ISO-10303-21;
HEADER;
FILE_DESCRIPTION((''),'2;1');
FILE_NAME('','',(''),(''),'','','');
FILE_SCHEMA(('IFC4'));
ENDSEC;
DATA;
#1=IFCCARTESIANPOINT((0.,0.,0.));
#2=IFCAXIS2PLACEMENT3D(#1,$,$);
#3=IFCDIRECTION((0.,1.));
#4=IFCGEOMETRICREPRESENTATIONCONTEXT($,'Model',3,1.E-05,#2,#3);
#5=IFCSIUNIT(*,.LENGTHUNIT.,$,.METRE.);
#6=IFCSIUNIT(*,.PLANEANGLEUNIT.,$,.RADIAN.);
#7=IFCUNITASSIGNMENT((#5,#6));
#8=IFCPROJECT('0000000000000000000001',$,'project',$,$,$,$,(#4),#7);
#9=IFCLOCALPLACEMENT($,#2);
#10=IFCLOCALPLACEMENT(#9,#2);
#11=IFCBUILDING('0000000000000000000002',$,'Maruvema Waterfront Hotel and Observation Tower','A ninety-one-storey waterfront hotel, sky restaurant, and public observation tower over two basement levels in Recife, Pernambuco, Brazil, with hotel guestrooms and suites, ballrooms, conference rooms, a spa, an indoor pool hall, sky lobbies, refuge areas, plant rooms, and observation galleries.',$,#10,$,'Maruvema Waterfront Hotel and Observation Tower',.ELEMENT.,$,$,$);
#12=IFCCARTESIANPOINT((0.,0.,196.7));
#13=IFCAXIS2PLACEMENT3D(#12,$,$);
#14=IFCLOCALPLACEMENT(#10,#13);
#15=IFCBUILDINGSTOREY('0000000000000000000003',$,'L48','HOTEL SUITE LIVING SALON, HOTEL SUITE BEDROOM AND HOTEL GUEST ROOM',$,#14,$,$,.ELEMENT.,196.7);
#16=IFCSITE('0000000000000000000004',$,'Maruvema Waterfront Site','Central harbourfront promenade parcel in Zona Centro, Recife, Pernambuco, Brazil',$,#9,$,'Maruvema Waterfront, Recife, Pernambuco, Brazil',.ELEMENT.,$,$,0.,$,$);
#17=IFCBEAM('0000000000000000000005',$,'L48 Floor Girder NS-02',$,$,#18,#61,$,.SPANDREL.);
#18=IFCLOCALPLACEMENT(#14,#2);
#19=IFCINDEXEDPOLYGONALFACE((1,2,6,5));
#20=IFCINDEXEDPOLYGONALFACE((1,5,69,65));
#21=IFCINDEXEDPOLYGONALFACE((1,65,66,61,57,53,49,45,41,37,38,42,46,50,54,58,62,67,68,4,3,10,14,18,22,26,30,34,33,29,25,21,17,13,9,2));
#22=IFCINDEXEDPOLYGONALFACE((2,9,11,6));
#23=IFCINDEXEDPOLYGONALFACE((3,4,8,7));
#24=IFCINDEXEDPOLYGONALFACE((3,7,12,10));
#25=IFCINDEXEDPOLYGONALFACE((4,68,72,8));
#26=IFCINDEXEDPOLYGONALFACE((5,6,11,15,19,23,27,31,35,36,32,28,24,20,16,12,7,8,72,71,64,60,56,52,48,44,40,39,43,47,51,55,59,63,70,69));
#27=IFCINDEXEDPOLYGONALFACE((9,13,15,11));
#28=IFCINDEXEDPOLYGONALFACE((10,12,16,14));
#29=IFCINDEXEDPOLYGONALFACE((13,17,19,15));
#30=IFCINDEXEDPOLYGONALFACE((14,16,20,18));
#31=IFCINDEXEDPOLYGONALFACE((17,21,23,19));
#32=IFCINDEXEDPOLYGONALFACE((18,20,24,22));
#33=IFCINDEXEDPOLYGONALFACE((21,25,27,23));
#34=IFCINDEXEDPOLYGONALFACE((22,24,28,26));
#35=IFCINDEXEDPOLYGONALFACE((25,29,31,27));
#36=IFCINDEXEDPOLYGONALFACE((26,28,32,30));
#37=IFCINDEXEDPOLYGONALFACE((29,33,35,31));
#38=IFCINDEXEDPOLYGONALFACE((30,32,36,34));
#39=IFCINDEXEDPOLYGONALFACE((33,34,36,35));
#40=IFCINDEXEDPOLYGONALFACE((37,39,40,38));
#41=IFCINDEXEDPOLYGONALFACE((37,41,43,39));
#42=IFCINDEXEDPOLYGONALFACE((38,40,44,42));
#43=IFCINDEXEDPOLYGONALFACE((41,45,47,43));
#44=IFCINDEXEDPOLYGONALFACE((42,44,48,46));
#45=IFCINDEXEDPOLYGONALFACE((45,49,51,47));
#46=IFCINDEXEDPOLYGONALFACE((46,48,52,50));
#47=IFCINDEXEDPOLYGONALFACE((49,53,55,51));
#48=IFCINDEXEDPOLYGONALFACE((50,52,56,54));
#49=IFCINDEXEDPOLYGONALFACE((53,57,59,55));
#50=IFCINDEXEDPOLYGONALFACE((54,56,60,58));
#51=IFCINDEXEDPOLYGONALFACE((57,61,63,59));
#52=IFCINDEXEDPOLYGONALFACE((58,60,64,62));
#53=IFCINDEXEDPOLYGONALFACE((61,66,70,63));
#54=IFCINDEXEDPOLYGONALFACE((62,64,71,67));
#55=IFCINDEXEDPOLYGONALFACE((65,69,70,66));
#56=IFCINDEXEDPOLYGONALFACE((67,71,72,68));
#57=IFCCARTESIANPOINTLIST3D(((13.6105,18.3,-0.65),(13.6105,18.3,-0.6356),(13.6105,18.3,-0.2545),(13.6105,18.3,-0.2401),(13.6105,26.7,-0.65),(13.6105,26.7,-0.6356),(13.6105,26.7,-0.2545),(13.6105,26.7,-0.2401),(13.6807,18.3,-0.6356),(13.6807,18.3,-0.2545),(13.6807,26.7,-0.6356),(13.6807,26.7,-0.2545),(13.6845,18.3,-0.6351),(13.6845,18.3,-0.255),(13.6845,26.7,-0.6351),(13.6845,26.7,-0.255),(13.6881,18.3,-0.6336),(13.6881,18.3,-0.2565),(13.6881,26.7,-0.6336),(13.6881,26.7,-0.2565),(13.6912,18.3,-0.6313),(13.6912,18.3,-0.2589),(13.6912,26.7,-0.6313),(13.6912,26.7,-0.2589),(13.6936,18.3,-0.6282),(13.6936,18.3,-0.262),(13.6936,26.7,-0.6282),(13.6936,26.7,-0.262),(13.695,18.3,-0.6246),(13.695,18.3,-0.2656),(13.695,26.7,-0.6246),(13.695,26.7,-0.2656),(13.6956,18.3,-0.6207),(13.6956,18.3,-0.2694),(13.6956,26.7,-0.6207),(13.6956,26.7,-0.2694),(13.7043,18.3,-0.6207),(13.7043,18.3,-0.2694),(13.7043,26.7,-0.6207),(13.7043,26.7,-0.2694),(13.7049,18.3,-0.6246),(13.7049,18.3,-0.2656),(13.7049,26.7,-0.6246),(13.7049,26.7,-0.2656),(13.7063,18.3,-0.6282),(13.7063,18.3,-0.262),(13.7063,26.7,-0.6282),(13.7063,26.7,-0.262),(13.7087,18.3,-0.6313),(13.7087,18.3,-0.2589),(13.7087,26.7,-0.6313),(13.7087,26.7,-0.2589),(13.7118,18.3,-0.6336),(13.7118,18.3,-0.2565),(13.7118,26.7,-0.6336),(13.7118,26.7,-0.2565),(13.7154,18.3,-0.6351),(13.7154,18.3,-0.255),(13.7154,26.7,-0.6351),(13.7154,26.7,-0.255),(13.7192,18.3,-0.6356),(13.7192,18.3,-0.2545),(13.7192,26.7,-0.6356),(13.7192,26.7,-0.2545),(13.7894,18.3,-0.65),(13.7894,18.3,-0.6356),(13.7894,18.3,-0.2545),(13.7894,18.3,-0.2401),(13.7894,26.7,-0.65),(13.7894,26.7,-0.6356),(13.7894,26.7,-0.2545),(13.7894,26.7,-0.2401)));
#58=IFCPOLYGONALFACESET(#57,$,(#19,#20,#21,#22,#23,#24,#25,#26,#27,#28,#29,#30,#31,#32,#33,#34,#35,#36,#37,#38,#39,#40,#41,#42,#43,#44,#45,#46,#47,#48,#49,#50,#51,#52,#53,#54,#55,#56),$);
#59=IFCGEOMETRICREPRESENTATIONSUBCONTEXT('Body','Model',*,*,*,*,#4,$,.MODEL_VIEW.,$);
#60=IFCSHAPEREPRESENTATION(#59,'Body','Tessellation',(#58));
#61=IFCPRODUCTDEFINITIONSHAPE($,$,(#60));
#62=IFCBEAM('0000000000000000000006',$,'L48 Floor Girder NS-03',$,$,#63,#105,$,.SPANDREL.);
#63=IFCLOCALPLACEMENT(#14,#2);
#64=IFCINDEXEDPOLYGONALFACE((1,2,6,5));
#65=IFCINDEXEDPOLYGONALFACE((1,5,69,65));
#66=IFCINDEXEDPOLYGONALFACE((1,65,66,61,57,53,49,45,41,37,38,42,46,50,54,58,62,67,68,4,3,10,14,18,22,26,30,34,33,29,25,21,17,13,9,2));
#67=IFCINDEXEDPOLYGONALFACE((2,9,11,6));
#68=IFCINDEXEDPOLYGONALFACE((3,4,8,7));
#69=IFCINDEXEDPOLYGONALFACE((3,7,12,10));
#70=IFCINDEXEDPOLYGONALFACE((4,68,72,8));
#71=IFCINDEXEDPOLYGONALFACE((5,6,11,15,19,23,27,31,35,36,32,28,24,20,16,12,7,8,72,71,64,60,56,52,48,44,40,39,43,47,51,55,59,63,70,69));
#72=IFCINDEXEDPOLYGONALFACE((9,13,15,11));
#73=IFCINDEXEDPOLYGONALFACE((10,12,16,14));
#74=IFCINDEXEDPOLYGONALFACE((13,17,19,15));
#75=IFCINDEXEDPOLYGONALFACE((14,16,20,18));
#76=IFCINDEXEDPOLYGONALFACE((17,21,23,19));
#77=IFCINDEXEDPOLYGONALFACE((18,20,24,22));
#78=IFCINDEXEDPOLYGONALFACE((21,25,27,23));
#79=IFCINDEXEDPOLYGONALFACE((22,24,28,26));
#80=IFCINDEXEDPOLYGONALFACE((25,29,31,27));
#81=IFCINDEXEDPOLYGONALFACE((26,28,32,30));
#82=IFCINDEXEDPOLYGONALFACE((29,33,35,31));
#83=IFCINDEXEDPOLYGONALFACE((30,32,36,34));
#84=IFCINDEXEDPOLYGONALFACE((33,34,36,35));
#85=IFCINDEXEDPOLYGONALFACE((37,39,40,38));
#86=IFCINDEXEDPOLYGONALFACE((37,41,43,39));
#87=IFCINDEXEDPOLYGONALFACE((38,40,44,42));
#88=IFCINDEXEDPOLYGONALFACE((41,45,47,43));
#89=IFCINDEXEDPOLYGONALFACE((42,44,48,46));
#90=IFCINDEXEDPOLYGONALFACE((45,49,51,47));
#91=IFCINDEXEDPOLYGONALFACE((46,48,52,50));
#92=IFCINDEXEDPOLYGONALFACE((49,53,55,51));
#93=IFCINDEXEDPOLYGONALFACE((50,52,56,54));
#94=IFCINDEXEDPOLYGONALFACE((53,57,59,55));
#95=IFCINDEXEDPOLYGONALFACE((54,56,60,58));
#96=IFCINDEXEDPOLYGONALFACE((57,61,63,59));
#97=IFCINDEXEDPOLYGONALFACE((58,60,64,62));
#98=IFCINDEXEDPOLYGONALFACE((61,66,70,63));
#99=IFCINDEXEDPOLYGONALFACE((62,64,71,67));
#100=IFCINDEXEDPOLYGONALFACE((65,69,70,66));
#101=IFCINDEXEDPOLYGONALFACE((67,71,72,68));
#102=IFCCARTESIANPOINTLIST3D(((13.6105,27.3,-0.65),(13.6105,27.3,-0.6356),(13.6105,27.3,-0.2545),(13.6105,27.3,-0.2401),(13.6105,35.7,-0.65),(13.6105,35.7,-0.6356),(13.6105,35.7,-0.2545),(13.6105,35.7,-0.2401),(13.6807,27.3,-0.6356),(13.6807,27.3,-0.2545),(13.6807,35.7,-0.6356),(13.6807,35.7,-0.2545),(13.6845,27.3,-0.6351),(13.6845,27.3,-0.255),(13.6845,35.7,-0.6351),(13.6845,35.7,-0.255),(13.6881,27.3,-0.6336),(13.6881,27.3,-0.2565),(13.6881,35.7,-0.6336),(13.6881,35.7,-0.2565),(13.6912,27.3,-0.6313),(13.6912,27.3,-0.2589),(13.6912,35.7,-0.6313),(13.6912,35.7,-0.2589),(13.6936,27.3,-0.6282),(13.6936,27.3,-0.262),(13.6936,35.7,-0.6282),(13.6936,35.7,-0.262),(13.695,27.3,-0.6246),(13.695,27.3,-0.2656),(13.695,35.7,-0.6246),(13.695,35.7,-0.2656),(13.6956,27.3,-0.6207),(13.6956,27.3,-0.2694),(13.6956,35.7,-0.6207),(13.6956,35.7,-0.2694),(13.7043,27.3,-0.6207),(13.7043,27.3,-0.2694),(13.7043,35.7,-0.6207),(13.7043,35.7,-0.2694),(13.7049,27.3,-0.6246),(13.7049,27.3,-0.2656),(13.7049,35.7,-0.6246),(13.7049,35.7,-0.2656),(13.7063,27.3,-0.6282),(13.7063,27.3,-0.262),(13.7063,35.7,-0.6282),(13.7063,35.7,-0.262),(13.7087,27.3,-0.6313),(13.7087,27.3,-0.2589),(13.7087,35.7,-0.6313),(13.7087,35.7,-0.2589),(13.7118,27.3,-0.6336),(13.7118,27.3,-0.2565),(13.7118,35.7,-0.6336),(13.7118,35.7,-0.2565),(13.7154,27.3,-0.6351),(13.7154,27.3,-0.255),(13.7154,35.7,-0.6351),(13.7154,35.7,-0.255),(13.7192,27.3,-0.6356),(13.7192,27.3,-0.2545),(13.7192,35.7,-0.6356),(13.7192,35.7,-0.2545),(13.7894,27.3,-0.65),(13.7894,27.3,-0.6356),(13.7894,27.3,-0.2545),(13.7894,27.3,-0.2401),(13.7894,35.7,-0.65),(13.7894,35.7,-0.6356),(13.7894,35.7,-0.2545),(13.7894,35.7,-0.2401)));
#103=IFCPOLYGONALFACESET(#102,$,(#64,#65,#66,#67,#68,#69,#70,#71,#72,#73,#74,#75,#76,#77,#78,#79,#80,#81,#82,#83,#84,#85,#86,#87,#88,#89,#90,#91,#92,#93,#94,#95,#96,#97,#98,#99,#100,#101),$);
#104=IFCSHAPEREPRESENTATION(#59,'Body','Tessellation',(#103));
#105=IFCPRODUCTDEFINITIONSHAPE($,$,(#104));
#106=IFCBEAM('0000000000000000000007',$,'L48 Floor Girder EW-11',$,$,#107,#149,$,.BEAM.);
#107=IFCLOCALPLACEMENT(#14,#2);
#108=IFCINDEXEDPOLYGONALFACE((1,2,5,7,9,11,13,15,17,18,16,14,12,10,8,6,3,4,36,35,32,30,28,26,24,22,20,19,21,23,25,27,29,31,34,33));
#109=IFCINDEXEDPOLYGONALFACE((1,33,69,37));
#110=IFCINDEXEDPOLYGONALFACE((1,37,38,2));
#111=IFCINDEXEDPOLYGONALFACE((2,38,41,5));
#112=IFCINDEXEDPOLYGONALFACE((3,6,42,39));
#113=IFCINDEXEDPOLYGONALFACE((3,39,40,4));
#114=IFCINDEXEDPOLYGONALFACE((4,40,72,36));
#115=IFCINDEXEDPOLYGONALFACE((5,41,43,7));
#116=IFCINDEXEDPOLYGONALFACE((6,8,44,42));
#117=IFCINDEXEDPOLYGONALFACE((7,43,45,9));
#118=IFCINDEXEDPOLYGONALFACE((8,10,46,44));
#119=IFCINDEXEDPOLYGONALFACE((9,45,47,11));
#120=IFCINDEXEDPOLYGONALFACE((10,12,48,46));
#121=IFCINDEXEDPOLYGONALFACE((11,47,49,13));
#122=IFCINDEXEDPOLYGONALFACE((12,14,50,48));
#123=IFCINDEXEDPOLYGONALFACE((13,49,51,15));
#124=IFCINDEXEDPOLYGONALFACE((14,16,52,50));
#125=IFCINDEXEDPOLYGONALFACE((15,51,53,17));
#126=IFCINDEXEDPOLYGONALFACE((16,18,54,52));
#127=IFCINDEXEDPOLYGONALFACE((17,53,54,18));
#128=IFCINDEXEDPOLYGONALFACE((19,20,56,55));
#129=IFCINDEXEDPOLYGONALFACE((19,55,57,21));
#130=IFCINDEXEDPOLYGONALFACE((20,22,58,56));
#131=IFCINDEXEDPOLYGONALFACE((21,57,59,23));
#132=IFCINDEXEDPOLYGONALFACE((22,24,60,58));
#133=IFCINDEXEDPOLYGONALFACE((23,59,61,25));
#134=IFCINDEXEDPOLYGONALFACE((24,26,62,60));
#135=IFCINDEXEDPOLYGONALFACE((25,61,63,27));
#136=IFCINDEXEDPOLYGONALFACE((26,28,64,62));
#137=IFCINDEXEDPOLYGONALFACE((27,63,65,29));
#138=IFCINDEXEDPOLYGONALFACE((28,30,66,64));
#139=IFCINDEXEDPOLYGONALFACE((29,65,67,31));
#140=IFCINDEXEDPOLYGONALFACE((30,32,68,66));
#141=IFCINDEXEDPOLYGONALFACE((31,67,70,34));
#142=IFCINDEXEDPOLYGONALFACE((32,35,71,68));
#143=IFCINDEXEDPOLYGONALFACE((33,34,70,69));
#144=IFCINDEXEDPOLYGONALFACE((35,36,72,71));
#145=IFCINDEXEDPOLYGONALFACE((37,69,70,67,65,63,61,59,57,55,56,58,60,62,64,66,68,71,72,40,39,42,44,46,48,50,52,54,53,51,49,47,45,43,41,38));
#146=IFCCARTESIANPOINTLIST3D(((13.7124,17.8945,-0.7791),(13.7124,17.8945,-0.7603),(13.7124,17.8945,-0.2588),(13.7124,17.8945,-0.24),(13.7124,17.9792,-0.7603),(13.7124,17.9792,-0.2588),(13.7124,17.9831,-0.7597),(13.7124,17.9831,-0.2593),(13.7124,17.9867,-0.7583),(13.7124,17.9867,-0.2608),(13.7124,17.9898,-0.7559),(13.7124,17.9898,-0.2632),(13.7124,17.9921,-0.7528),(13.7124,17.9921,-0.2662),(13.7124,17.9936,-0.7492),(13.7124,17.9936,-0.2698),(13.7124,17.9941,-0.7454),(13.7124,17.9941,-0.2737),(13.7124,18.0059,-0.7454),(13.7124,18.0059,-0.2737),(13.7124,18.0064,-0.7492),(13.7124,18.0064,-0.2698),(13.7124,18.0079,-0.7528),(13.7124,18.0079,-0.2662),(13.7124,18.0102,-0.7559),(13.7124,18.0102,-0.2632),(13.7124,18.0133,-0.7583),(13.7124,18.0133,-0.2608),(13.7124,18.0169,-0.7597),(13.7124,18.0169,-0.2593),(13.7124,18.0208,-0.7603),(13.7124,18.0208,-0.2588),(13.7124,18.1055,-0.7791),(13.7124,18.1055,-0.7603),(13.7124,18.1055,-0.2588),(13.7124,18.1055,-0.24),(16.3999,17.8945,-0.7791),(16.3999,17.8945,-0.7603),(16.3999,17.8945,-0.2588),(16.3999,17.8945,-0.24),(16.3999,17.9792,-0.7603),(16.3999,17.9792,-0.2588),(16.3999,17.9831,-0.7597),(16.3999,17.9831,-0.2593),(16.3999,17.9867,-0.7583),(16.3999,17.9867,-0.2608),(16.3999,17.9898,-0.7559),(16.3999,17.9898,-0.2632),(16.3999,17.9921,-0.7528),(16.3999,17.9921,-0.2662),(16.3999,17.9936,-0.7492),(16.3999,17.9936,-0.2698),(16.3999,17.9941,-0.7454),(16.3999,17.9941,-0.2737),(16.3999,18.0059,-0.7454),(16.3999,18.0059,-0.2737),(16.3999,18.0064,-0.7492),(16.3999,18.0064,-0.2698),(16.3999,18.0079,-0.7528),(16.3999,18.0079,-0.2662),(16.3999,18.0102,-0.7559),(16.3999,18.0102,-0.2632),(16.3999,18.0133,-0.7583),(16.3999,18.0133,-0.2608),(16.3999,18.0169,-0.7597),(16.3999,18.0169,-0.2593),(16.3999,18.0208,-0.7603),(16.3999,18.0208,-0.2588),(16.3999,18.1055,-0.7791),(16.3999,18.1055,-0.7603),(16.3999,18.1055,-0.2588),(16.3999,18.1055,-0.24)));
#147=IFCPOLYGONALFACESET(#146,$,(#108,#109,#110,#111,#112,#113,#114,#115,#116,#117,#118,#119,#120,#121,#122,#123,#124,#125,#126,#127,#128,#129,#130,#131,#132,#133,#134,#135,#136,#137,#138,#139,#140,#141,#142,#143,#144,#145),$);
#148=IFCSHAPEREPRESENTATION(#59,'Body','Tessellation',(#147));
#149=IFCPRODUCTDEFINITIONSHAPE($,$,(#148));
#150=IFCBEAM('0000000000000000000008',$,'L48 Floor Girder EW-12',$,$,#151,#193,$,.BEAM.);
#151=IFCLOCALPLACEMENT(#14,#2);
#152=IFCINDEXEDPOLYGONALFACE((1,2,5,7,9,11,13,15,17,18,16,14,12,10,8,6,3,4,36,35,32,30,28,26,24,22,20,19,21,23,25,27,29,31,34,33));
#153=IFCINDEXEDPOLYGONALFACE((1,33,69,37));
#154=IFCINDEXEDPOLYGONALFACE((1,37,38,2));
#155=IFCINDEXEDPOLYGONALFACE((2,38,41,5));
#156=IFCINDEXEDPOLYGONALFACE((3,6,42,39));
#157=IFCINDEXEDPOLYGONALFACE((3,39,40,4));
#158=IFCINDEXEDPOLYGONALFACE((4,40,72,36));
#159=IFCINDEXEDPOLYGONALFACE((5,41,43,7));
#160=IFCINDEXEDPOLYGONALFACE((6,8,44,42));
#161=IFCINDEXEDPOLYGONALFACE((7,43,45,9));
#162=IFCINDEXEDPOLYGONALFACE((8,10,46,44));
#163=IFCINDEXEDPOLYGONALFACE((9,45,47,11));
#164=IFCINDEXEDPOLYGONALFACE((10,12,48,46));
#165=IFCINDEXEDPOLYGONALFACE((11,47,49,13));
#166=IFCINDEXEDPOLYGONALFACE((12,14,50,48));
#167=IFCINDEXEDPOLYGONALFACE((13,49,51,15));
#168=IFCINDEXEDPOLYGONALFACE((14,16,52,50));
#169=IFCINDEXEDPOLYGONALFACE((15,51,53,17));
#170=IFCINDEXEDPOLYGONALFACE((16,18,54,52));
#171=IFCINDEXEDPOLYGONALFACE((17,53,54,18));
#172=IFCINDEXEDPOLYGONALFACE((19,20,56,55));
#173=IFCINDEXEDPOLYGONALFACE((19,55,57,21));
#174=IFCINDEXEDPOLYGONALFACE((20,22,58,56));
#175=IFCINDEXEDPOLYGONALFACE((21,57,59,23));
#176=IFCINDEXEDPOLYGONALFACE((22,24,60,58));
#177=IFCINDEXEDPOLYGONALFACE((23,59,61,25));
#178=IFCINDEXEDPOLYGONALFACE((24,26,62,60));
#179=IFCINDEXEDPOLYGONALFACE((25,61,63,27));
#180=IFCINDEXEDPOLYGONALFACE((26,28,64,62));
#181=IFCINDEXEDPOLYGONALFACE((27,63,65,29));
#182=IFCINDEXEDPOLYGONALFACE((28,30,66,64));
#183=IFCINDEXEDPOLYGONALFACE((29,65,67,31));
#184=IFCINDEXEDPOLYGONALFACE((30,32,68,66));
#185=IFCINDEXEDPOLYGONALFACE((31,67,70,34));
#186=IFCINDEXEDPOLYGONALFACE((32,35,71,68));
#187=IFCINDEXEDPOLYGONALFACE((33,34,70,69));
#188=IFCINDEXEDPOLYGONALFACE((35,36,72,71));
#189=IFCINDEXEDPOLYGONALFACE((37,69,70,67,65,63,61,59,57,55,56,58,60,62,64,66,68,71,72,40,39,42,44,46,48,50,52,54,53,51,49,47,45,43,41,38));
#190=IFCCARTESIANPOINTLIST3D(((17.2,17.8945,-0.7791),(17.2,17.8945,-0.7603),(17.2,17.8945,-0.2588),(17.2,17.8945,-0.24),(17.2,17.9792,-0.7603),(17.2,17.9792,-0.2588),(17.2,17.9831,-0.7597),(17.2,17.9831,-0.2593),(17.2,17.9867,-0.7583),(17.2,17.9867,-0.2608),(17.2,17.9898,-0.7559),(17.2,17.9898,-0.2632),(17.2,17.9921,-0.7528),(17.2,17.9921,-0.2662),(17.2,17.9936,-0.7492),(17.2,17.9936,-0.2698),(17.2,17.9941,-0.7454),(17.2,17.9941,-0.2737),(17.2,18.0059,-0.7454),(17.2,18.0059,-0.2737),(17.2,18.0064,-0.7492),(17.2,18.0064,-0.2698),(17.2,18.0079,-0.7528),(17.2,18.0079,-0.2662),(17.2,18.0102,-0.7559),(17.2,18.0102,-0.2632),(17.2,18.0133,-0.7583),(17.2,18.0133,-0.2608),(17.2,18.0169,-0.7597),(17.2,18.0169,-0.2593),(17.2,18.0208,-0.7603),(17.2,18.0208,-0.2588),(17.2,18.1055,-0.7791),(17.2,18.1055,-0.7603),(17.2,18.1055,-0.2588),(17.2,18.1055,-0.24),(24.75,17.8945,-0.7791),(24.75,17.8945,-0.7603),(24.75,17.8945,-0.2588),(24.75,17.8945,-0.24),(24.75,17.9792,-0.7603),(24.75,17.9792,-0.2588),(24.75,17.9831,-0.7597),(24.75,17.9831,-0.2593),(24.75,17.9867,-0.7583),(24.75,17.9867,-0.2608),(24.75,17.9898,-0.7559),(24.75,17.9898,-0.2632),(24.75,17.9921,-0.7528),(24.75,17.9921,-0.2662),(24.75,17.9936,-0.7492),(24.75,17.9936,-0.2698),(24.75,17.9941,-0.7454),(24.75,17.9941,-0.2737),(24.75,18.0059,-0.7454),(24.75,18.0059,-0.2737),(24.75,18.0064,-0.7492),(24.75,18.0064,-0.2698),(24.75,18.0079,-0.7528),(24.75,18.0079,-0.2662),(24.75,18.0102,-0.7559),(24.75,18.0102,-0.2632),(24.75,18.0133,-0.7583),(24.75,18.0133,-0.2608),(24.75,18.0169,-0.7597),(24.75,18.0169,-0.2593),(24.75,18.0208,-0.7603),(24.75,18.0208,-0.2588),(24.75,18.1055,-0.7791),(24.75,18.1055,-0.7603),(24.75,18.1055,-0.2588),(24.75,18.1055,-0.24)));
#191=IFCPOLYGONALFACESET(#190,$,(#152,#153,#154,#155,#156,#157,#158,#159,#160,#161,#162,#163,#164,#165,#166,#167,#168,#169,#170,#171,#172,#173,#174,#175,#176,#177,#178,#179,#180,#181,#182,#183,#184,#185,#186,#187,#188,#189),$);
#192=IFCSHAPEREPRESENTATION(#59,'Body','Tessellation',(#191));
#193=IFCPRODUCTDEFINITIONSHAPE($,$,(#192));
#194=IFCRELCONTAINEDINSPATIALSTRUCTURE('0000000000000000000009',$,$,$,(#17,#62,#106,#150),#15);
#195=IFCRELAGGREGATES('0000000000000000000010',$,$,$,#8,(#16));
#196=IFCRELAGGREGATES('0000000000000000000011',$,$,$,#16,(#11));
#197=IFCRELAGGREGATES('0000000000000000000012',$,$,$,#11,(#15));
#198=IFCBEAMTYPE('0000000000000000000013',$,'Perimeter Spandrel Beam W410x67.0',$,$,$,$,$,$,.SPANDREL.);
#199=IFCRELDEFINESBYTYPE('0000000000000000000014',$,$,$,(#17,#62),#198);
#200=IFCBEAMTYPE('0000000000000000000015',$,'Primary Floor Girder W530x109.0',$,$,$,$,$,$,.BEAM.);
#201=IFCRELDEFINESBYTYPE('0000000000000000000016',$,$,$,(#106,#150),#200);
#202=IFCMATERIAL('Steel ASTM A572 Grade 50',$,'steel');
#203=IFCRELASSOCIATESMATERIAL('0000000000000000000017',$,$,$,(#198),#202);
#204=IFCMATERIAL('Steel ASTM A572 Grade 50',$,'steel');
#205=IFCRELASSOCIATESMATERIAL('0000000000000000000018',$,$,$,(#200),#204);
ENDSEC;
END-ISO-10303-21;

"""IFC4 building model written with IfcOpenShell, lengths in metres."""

from ifc_helpers import new_model, si_unit, direction, frame, origin, origin_2d, place, context, subcontext, project, spatial, i_section, extrude, material, material_profile, profile_set, type_object, element, save


model = new_model("IFC4")

# Units and contexts
model_context = context("Model", 3, precision=1e-05, world=origin(), true_north=direction((0.0, 1.0)))
body_context = subcontext(model_context, "Body", "Model", "MODEL_VIEW")
ifc_project = project(units=[si_unit("LENGTHUNIT", "METRE"), si_unit("PLANEANGLEUNIT", "RADIAN")], contexts=[model_context])

# Site, building, storey
site_placement = place(None, origin())
site = spatial("IfcSite", under=ifc_project, at=site_placement, Name="Maruvema Waterfront Site", Description="Central harbourfront promenade parcel in Zona Centro, Recife, Pernambuco, Brazil", LongName="Maruvema Waterfront, Recife, Pernambuco, Brazil", CompositionType="ELEMENT", RefElevation=0.0)
building_placement = place(site_placement, origin())
building = spatial("IfcBuilding", under=site, at=building_placement, Name="Maruvema Waterfront Hotel and Observation Tower", Description="A ninety-one-storey waterfront hotel, sky restaurant, and public observation tower over two basement levels in Recife, Pernambuco, Brazil, with hotel guestrooms and suites, ballrooms, conference rooms, a spa, an indoor pool hall, sky lobbies, refuge areas, plant rooms, and observation galleries.", LongName="Maruvema Waterfront Hotel and Observation Tower", CompositionType="ELEMENT")
storey_placement = place(building_placement, frame((0.0, 0.0, 196.7)))
storey = spatial("IfcBuildingStorey", under=building, at=storey_placement, Name="L48", Description="HOTEL SUITE LIVING SALON, HOTEL SUITE BEDROOM AND HOTEL GUEST ROOM", CompositionType="ELEMENT", Elevation=196.7)

# Beams
ifc_material_1 = material(Name="Steel ASTM A572 Grade 50", Category="steel")
ifc_material_profile_1 = material_profile(ifc_material_1, i_section(OverallWidth=0.179, OverallDepth=0.4099, WebThickness=0.0088, FlangeThickness=0.0144, FilletRadius=0.0149, at=origin_2d()), Name="W410x67.0")
ifc_profile_set_1 = profile_set([ifc_material_profile_1], Name="Steel ASTM A572 Grade 50")
beam_type_1 = type_object("IfcBeamType", Name="Perimeter Spandrel Beam W410x67.0", PredefinedType="SPANDREL", material=ifc_profile_set_1)
for number, where, z_axis, x_axis, name in (
    (1, (13.7, 18.3, -0.4451), (0.0, 1.0, 0.0), (-1.0, 0.0, 0.0), "L48 Floor Girder NS-02"),
    (2, (13.7, 27.3, -0.4451), (0.0, 1.0, 0.0), (-1.0, 0.0, 0.0), "L48 Floor Girder NS-03"),
):
    element("IfcBeam", number, at=place(storey_placement, frame(where, z_axis=z_axis, x_axis=x_axis)), inside=storey, type_object=beam_type_1, Name=name, PredefinedType="SPANDREL", context=body_context, shape_type="SweptSolid", body=[
        extrude(i_section(OverallWidth=0.179, OverallDepth=0.4099, WebThickness=0.0088, FlangeThickness=0.0144, FilletRadius=0.0149, at=origin_2d()), origin(), (0.0, 0.0, 1.0), 8.3999),
    ])
ifc_material_2 = material(Name="Steel ASTM A572 Grade 50", Category="steel")
ifc_material_profile_2 = material_profile(ifc_material_2, i_section(OverallWidth=0.2109, OverallDepth=0.5391, WebThickness=0.0117, FlangeThickness=0.0188, FilletRadius=0.0149, at=origin_2d()), Name="W530x109.0")
ifc_profile_set_2 = profile_set([ifc_material_profile_2], Name="Steel ASTM A572 Grade 50")
beam_type_2 = type_object("IfcBeamType", Name="Primary Floor Girder W530x109.0", PredefinedType="BEAM", material=ifc_profile_set_2)
beam_1_placement = place(storey_placement, frame((13.7124, 18.0, -0.5095), z_axis=(1.0, 0.0, 0.0), x_axis=(0.0, 1.0, 0.0)))
element("IfcBeam", 3, at=beam_1_placement, inside=storey, type_object=beam_type_2, Name="L48 Floor Girder EW-11", PredefinedType="BEAM", context=body_context, shape_type="SweptSolid", body=[
    extrude(i_section(OverallWidth=0.2109, OverallDepth=0.5391, WebThickness=0.0117, FlangeThickness=0.0188, FilletRadius=0.0149, at=origin_2d()), origin(), (0.0, 0.0, 1.0), 2.6875),
])
beam_2_placement = place(storey_placement, frame((17.2, 18.0, -0.5095), z_axis=(1.0, 0.0, 0.0), x_axis=(0.0, 1.0, 0.0)))
element("IfcBeam", 4, at=beam_2_placement, inside=storey, type_object=beam_type_2, Name="L48 Floor Girder EW-12", PredefinedType="BEAM", context=body_context, shape_type="SweptSolid", body=[
    extrude(i_section(OverallWidth=0.2109, OverallDepth=0.5391, WebThickness=0.0117, FlangeThickness=0.0188, FilletRadius=0.0149, at=origin_2d()), origin(), (0.0, 0.0, 1.0), 7.55),
])

save(model, "model.ifc")
